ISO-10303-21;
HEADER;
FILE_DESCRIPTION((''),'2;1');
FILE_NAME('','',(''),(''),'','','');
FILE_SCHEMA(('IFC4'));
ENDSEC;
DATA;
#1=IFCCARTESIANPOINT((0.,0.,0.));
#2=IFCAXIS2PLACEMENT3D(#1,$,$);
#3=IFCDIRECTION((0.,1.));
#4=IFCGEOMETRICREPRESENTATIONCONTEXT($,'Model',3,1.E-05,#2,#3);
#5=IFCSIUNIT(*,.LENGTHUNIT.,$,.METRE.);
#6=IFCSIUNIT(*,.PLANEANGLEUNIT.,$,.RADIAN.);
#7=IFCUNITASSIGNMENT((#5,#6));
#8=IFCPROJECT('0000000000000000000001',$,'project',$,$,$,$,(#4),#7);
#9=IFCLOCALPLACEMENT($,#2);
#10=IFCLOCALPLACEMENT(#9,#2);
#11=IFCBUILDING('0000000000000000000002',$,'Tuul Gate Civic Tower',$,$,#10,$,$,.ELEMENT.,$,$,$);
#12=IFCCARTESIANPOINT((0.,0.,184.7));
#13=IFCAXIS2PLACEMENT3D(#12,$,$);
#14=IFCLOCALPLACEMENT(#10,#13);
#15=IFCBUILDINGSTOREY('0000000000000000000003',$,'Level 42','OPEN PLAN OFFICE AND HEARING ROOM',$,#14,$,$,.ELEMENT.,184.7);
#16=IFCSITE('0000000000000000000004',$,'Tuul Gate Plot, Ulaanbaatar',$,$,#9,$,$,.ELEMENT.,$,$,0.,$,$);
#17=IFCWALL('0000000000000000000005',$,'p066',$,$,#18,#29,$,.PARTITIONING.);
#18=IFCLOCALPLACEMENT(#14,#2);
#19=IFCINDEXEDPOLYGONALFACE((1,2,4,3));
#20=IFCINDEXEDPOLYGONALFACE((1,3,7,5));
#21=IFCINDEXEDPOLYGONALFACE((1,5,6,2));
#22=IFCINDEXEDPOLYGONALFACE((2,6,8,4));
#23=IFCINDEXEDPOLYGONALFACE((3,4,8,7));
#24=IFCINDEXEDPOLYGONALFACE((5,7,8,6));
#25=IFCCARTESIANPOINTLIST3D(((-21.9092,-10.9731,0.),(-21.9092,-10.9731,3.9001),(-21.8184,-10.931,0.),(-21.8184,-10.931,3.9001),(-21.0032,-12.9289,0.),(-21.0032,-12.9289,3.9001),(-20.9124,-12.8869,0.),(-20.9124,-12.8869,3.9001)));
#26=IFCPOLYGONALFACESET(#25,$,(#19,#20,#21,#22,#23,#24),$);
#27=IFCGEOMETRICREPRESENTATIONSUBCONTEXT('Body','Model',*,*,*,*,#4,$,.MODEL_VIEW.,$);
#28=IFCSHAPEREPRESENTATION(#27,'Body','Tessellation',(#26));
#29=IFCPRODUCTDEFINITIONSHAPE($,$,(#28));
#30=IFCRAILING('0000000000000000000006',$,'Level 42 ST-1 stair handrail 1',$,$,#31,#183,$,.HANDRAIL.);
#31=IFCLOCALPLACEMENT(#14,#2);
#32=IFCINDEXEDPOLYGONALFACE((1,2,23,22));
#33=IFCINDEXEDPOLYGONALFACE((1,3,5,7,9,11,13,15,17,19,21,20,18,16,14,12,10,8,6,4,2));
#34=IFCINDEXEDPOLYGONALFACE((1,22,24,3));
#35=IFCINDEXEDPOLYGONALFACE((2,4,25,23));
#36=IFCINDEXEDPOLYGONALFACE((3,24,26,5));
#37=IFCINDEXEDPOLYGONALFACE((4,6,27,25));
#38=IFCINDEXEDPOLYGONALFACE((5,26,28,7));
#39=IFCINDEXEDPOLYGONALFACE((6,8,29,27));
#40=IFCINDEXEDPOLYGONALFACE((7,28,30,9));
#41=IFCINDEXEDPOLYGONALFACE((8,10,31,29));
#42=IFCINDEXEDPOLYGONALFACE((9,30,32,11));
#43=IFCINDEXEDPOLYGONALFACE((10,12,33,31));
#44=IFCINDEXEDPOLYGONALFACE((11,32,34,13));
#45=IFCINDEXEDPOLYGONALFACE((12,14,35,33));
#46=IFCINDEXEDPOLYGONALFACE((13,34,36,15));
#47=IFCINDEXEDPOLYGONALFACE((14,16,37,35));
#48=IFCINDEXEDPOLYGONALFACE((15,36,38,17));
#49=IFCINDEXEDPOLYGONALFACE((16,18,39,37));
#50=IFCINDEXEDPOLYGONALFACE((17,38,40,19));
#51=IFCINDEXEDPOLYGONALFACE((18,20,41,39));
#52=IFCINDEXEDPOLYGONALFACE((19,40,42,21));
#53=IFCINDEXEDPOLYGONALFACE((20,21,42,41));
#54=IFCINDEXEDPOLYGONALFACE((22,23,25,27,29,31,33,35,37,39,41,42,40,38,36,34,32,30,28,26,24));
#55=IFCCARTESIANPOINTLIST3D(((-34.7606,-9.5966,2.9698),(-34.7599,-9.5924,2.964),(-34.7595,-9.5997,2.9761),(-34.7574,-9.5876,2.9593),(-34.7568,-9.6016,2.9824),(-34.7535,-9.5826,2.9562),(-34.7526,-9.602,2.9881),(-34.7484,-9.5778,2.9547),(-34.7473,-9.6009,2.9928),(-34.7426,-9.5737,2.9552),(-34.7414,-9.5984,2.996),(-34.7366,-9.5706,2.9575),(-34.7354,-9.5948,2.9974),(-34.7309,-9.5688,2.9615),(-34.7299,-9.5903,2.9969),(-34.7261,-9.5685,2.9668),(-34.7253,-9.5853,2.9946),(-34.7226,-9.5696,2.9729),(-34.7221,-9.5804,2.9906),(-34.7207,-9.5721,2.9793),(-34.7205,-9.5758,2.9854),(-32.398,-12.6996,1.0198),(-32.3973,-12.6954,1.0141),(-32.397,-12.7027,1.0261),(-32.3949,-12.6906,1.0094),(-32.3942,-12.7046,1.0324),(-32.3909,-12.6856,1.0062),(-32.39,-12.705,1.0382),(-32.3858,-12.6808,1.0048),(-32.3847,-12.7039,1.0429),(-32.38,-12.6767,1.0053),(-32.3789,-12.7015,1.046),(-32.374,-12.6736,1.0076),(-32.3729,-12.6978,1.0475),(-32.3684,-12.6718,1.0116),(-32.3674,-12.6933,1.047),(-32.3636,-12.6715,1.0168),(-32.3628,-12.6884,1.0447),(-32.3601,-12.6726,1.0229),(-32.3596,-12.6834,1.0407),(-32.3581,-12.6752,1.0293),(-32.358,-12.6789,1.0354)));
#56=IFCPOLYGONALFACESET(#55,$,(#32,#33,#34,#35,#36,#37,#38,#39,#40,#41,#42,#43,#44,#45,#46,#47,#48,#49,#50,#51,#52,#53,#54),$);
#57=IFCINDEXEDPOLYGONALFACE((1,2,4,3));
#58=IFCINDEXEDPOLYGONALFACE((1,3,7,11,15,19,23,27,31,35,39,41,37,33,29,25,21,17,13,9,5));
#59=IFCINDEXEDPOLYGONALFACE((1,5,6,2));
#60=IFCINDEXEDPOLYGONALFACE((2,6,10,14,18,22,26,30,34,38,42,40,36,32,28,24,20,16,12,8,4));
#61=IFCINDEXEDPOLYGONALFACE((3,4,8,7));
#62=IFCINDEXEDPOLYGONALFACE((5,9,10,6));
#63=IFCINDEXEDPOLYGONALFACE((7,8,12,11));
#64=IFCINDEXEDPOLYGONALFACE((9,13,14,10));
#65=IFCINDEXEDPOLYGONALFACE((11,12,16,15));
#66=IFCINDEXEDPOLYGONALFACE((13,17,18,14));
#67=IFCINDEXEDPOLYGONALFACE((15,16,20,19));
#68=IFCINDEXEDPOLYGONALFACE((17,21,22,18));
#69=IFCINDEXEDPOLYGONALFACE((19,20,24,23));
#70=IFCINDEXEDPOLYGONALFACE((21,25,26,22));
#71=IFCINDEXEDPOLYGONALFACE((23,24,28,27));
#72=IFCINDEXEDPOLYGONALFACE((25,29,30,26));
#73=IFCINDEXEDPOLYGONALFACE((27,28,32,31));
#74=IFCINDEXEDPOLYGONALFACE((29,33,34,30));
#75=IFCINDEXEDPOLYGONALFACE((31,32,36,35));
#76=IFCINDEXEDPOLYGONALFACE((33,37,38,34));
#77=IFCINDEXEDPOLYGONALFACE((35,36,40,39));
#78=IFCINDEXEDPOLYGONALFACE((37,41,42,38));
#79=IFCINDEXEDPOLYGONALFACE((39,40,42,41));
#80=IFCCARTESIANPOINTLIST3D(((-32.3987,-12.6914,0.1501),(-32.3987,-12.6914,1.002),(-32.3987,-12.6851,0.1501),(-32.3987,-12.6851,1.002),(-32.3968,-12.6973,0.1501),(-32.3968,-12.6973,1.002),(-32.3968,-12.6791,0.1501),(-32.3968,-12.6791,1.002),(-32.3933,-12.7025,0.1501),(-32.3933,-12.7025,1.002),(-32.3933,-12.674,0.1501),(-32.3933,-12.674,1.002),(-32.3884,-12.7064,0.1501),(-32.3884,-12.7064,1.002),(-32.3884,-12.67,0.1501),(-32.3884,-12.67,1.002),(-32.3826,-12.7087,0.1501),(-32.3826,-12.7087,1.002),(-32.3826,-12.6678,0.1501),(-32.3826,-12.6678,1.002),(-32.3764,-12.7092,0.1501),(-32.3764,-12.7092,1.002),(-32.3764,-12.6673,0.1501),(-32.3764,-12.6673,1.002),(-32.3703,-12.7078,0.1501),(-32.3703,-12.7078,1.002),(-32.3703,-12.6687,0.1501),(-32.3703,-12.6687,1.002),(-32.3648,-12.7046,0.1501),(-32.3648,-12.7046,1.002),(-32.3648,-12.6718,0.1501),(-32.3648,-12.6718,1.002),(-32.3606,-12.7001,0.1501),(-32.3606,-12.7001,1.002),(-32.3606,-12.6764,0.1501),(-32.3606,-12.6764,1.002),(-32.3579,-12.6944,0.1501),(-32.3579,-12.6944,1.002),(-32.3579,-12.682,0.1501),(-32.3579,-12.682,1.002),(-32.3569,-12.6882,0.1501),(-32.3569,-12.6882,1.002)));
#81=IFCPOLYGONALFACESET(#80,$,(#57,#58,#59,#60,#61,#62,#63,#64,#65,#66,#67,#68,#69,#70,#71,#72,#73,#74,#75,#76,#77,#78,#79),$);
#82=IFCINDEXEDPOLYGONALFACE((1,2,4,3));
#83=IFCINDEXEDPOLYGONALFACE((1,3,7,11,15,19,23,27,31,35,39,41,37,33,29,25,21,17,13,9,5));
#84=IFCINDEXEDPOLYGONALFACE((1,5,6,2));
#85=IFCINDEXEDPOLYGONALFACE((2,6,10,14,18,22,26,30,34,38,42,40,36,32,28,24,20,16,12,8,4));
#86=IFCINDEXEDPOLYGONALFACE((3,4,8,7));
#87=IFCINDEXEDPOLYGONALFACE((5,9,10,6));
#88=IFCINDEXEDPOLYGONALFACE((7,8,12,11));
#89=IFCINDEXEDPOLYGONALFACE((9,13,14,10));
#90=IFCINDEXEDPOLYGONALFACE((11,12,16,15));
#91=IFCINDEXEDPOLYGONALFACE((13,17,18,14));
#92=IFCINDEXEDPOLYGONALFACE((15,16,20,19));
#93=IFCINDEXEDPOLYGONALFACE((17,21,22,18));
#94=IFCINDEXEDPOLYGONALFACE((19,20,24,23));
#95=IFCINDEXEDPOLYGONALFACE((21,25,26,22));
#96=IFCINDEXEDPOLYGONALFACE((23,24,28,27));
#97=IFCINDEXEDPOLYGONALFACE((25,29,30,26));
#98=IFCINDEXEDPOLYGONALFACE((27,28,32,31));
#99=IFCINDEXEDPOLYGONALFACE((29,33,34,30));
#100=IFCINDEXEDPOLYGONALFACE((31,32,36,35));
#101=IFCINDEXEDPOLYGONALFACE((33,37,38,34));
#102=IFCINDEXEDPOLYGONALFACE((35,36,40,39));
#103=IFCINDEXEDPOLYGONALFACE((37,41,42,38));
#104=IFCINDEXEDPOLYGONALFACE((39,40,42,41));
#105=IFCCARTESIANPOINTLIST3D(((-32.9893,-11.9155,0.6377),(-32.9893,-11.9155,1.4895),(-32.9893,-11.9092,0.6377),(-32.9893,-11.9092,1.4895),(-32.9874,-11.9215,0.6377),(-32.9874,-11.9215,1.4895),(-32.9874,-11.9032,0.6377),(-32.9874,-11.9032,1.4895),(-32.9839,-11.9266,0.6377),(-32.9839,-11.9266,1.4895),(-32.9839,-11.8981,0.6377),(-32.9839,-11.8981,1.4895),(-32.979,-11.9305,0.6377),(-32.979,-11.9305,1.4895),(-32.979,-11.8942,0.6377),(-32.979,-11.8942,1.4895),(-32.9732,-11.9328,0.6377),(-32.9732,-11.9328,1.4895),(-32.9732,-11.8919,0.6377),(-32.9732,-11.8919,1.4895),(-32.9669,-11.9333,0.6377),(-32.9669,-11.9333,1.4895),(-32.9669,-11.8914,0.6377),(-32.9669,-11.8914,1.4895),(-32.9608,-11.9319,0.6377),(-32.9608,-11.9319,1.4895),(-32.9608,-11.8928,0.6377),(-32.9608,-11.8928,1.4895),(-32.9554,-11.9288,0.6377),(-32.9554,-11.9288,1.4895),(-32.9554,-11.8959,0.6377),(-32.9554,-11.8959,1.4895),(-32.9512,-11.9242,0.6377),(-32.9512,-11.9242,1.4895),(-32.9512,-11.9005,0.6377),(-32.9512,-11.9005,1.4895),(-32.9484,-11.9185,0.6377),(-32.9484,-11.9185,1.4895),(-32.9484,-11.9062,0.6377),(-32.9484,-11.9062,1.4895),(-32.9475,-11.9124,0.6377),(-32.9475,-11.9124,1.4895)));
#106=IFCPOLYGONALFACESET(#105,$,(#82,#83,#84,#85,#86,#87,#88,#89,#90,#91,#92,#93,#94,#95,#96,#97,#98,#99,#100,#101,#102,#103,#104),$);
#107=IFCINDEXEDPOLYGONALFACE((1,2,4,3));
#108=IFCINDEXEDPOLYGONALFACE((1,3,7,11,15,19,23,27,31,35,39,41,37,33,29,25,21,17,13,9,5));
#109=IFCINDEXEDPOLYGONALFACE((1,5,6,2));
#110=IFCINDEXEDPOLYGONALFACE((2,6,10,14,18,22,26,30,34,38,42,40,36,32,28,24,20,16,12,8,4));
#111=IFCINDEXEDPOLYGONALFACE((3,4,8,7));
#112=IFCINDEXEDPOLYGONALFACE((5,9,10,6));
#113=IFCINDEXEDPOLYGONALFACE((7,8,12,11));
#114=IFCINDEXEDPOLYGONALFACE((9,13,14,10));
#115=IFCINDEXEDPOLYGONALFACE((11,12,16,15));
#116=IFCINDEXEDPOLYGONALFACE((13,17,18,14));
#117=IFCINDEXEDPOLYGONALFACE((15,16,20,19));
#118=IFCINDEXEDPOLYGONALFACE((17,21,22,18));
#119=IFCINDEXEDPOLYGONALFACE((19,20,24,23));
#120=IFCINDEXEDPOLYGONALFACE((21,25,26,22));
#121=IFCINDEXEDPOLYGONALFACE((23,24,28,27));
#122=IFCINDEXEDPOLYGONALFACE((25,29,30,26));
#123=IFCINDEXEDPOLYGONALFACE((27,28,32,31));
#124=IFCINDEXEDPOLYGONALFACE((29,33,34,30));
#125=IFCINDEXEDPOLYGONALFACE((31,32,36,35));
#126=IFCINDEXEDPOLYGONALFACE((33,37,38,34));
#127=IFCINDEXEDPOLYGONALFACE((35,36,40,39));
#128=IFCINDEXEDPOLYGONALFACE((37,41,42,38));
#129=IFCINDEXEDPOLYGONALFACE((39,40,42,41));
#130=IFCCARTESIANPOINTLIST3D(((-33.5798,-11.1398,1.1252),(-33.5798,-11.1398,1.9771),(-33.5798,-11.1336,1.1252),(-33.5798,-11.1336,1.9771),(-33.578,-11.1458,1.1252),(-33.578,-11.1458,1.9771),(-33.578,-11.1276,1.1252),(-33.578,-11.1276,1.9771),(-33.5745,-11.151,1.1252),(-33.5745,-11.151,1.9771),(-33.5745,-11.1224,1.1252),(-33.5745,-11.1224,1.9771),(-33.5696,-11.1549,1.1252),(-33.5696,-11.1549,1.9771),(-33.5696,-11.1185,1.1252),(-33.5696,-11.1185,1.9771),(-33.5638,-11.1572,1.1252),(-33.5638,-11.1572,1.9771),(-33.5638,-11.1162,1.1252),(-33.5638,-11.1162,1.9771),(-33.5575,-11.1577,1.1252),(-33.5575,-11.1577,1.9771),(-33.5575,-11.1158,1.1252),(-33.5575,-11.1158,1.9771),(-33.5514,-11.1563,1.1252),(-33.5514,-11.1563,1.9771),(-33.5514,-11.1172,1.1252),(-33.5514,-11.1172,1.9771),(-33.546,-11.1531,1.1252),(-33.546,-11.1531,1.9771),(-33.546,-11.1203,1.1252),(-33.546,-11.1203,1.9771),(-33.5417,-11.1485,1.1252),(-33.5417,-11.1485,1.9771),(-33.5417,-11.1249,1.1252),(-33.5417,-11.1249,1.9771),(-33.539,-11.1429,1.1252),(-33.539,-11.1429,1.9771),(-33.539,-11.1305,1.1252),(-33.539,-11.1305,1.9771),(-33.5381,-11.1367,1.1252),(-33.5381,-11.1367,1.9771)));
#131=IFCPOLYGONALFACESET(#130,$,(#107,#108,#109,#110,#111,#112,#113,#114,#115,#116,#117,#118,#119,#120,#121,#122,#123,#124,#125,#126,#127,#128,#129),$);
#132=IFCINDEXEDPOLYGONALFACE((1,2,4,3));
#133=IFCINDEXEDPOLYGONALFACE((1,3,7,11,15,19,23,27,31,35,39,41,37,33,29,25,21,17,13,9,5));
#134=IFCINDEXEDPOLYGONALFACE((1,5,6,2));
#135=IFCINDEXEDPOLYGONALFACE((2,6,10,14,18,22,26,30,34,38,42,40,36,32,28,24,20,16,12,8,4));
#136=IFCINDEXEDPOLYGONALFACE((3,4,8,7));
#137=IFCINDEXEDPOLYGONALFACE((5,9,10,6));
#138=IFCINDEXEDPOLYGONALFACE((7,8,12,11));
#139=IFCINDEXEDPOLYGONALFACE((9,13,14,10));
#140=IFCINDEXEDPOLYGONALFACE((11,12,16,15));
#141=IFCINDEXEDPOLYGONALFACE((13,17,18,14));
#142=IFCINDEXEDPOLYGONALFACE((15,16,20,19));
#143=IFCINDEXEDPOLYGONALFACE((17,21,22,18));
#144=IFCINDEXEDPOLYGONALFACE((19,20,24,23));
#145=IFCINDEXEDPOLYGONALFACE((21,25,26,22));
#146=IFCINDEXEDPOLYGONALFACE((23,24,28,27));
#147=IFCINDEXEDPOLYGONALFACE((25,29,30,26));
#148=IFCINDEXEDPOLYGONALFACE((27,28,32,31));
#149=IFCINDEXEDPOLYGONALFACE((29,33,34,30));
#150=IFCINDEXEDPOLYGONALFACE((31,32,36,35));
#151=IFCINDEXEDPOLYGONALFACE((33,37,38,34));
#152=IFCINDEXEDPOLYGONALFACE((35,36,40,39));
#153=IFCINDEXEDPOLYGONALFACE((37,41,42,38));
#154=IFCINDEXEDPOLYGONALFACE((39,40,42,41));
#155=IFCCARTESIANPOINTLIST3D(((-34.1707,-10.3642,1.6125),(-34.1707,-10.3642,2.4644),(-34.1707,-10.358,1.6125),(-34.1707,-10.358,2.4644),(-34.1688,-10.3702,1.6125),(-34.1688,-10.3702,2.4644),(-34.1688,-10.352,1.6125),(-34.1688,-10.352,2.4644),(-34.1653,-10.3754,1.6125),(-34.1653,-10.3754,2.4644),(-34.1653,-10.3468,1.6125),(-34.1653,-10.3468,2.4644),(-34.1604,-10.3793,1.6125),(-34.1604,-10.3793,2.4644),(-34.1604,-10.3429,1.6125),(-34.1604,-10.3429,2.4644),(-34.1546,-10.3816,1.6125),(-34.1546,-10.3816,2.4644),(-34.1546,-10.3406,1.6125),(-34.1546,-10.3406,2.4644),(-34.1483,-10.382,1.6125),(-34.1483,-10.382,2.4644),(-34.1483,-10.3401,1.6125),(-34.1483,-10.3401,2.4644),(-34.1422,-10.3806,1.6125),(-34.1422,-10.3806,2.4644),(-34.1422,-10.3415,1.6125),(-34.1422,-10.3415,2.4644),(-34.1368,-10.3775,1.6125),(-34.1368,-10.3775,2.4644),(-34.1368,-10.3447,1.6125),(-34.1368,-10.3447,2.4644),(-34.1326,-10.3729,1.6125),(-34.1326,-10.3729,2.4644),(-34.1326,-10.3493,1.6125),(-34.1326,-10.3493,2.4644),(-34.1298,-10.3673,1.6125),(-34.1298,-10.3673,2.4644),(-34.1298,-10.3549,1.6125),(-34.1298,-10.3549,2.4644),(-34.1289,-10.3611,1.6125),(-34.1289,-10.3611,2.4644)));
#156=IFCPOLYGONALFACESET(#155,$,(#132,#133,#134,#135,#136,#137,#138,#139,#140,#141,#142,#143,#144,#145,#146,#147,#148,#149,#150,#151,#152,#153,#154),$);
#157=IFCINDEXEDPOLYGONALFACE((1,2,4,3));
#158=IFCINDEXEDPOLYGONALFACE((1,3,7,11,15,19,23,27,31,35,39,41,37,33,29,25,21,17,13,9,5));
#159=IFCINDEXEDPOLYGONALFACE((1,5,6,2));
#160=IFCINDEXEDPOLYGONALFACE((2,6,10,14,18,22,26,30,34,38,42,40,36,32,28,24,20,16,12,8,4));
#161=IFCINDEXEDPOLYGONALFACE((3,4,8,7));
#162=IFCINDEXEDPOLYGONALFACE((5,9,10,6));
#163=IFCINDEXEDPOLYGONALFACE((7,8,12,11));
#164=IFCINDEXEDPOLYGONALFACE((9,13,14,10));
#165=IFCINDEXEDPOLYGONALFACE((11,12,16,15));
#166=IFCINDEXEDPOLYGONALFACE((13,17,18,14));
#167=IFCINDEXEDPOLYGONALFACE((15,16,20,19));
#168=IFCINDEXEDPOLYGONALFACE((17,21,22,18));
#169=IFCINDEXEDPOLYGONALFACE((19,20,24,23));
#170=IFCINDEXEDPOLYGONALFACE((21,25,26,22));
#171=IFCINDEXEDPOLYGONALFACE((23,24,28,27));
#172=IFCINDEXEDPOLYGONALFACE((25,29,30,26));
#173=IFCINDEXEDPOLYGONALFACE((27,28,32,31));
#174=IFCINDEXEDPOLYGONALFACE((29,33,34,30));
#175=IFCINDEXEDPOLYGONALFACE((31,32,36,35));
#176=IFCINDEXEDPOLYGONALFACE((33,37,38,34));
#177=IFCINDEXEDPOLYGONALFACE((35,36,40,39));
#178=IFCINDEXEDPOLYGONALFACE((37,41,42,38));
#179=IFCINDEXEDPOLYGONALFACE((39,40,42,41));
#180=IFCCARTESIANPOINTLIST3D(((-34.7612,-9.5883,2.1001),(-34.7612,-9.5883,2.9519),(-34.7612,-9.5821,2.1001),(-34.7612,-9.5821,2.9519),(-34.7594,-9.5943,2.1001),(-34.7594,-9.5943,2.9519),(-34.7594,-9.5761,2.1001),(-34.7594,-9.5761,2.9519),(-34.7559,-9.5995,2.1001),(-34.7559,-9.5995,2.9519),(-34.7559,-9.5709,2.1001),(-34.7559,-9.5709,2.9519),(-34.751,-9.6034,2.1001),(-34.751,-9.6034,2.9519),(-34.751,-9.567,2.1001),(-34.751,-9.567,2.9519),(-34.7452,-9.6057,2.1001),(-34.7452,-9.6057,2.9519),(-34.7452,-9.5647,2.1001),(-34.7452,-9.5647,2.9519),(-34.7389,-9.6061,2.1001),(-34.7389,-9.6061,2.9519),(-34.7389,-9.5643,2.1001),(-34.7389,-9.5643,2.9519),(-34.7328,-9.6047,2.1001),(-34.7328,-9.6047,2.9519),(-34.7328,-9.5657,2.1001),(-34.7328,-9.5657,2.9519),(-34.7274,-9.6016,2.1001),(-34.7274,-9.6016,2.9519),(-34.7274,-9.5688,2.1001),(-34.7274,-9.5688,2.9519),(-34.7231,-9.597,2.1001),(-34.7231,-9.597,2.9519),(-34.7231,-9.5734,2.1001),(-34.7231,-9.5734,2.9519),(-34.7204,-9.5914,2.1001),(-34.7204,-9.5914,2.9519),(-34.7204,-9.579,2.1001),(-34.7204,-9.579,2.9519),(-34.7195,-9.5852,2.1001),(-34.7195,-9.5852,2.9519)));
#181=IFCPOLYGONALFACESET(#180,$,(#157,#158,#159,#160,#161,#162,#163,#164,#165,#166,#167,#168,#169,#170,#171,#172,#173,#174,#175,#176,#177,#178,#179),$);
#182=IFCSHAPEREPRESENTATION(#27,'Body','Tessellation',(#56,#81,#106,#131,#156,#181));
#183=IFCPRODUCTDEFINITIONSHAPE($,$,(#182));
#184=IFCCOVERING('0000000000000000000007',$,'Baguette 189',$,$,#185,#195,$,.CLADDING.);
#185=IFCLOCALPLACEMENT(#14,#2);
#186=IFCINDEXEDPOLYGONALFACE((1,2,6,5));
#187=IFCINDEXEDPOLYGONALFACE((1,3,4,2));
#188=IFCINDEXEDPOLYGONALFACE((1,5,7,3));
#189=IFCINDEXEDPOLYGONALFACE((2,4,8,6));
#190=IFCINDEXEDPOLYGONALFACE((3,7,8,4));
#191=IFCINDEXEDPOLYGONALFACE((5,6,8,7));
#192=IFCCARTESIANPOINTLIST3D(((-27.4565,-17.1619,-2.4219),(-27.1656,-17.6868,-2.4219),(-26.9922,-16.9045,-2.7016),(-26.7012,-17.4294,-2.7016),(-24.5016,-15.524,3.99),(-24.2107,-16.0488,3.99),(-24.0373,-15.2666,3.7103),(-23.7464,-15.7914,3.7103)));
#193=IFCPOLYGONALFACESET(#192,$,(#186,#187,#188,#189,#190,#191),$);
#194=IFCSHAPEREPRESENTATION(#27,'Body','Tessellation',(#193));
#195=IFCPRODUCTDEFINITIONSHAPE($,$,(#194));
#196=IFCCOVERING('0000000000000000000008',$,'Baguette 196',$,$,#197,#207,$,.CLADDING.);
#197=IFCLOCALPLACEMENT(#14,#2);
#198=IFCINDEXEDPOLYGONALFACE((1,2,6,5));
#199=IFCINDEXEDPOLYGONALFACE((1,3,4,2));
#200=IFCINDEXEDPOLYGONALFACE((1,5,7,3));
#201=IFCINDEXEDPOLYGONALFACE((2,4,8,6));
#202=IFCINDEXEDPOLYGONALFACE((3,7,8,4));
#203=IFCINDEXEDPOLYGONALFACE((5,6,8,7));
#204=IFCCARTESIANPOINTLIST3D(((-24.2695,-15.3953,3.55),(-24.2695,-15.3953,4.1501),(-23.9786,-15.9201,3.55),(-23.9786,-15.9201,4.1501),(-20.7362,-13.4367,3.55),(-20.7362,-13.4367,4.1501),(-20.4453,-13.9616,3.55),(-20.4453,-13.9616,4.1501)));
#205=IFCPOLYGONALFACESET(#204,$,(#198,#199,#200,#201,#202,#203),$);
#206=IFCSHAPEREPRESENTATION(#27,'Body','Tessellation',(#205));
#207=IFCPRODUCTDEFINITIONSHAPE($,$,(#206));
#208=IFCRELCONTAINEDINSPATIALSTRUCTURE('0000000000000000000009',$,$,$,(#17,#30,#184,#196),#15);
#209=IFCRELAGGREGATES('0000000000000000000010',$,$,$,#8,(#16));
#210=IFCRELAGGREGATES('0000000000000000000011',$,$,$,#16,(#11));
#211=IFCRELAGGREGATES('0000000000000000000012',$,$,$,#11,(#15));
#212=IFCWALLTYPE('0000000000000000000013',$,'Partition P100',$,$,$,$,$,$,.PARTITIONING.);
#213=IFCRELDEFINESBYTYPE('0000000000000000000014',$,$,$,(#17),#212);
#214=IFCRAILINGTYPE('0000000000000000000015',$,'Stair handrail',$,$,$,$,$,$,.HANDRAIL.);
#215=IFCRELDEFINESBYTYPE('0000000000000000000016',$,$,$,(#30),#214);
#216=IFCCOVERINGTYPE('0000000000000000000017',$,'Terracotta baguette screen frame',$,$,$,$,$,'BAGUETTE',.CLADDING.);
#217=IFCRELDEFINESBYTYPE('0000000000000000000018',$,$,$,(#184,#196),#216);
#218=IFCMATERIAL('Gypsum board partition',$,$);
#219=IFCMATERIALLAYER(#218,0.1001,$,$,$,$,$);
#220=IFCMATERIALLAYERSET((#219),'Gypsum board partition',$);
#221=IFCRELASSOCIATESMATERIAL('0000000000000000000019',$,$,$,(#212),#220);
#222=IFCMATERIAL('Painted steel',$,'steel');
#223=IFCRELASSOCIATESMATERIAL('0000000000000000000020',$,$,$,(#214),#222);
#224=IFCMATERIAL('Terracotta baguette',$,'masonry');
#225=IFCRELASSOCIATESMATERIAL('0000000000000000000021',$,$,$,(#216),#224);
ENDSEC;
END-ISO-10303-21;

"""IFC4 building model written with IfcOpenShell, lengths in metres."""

from ifc_helpers import new_model, si_unit, direction, frame, frame_2d, origin, origin_2d, place, context, subcontext, project, spatial, rectangle, circle, extrude, material, layer, layer_set, material_profile, profile_set, type_object, element, save


model = new_model("IFC4")

# Units and contexts
model_context = context("Model", 3, precision=1e-05, world=origin(), true_north=direction((0.0, 1.0)))
body_context = subcontext(model_context, "Body", "Model", "MODEL_VIEW")
ifc_project = project(units=[si_unit("LENGTHUNIT", "METRE"), si_unit("PLANEANGLEUNIT", "RADIAN")], contexts=[model_context])

# Site, building, storey
site_placement = place(None, origin())
site = spatial("IfcSite", under=ifc_project, at=site_placement, Name="Tuul Gate Plot, Ulaanbaatar", CompositionType="ELEMENT", RefElevation=0.0)
building_placement = place(site_placement, origin())
building = spatial("IfcBuilding", under=site, at=building_placement, Name="Tuul Gate Civic Tower", CompositionType="ELEMENT")
storey_placement = place(building_placement, frame((0.0, 0.0, 184.7)))
storey = spatial("IfcBuildingStorey", under=building, at=storey_placement, Name="Level 42", Description="OPEN PLAN OFFICE AND HEARING ROOM", CompositionType="ELEMENT", Elevation=184.7)

# Wall
ifc_material_1 = material(Name="Gypsum board partition")
ifc_layer_1 = layer(ifc_material_1, 0.1001)
ifc_layer_set_1 = layer_set([ifc_layer_1], Name="Gypsum board partition")
wall_type_1 = type_object("IfcWallType", Name="Partition P100", PredefinedType="PARTITIONING", material=ifc_layer_set_1)
wall_1_placement = place(storey_placement, frame((-21.8638, -10.9521, 0.0), z_axis=(0.0, 0.0, 1.0), x_axis=(0.420329, -0.907372, 0.0)))
element("IfcWall", 1, at=wall_1_placement, inside=storey, type_object=wall_type_1, Name="p066", PredefinedType="PARTITIONING", context=body_context, shape_type="SweptSolid", body=[
    extrude(rectangle(XDim=2.1555, YDim=0.1001, at=frame_2d((1.0776, 0.0))), origin(), (0.0, 0.0, 1.0), 3.9001),
])

# Railing
ifc_material_2 = material(Name="Painted steel", Category="steel")
railing_type_1 = type_object("IfcRailingType", Name="Stair handrail", PredefinedType="HANDRAIL", material=ifc_material_2)
railing_1_placement = place(storey_placement, frame((-32.3779, -12.6882, 0.1501)))
element("IfcRailing", 2, at=railing_1_placement, inside=storey, type_object=railing_type_1, Name="Level 42 ST-1 stair handrail 1", PredefinedType="HANDRAIL", context=body_context, shape_type="SweptSolid", body=[
    extrude(circle(Radius=0.0239, at=origin_2d()), frame((0.0, 0.0, 0.876), z_axis=(-0.541824, 0.711645, 0.4472), x_axis=(-0.795637, -0.605773, 0.0)), (0.0, 0.0, 1.0), 4.3604),
    extrude(circle(Radius=0.021, at=origin_2d()), origin(), (0.0, 0.0, 1.0), 0.8518),
    extrude(circle(Radius=0.021, at=origin_2d()), frame((-0.5906, 0.7759, 0.4875)), (0.0, 0.0, 1.0), 0.8518),
    extrude(circle(Radius=0.021, at=origin_2d()), frame((-1.1812, 1.5515, 0.9751)), (0.0, 0.0, 1.0), 0.8518),
    extrude(circle(Radius=0.021, at=origin_2d()), frame((-1.772, 2.3271, 1.4624)), (0.0, 0.0, 1.0), 0.8518),
    extrude(circle(Radius=0.021, at=origin_2d()), frame((-2.3625, 3.103, 1.95)), (0.0, 0.0, 1.0), 0.8518),
])

# Coverings
ifc_material_3 = material(Name="Terracotta baguette", Category="masonry")
ifc_material_profile_1 = material_profile(ifc_material_3, rectangle(XDim=0.6001, YDim=0.6001, at=origin_2d()), Name="Terracotta baguette screen frame")
ifc_profile_set_1 = profile_set([ifc_material_profile_1], Name="Terracotta baguette")
covering_type = type_object("IfcCoveringType", Name="Terracotta baguette screen frame", ElementType="BAGUETTE", PredefinedType="CLADDING", material=ifc_profile_set_1)
covering_1_placement = place(storey_placement, frame((-27.0789, -17.2957, -2.5618), z_axis=(0.407705, 0.226001, 0.884703), x_axis=(-0.484821, 0.874614, 0.0)))
element("IfcCovering", 3, at=covering_1_placement, inside=storey, type_object=covering_type, Name="Baguette 189", PredefinedType="CLADDING", context=body_context, shape_type="SweptSolid", body=[
    extrude(rectangle(XDim=0.6001, YDim=0.6001, at=origin_2d()), origin(), (0.0, 0.0, 1.0), 7.2476),
])
covering_2_placement = place(storey_placement, frame((-24.124, -15.6577, 3.8501), z_axis=(0.874619, 0.484811, 0.0), x_axis=(-0.484811, 0.874619, 0.0)))
element("IfcCovering", 4, at=covering_2_placement, inside=storey, type_object=covering_type, Name="Baguette 196", PredefinedType="CLADDING", context=body_context, shape_type="SweptSolid", body=[
    extrude(rectangle(XDim=0.6001, YDim=0.6001, at=origin_2d()), origin(), (0.0, 0.0, 1.0), 4.0398),
])

save(model, "model.ifc")
